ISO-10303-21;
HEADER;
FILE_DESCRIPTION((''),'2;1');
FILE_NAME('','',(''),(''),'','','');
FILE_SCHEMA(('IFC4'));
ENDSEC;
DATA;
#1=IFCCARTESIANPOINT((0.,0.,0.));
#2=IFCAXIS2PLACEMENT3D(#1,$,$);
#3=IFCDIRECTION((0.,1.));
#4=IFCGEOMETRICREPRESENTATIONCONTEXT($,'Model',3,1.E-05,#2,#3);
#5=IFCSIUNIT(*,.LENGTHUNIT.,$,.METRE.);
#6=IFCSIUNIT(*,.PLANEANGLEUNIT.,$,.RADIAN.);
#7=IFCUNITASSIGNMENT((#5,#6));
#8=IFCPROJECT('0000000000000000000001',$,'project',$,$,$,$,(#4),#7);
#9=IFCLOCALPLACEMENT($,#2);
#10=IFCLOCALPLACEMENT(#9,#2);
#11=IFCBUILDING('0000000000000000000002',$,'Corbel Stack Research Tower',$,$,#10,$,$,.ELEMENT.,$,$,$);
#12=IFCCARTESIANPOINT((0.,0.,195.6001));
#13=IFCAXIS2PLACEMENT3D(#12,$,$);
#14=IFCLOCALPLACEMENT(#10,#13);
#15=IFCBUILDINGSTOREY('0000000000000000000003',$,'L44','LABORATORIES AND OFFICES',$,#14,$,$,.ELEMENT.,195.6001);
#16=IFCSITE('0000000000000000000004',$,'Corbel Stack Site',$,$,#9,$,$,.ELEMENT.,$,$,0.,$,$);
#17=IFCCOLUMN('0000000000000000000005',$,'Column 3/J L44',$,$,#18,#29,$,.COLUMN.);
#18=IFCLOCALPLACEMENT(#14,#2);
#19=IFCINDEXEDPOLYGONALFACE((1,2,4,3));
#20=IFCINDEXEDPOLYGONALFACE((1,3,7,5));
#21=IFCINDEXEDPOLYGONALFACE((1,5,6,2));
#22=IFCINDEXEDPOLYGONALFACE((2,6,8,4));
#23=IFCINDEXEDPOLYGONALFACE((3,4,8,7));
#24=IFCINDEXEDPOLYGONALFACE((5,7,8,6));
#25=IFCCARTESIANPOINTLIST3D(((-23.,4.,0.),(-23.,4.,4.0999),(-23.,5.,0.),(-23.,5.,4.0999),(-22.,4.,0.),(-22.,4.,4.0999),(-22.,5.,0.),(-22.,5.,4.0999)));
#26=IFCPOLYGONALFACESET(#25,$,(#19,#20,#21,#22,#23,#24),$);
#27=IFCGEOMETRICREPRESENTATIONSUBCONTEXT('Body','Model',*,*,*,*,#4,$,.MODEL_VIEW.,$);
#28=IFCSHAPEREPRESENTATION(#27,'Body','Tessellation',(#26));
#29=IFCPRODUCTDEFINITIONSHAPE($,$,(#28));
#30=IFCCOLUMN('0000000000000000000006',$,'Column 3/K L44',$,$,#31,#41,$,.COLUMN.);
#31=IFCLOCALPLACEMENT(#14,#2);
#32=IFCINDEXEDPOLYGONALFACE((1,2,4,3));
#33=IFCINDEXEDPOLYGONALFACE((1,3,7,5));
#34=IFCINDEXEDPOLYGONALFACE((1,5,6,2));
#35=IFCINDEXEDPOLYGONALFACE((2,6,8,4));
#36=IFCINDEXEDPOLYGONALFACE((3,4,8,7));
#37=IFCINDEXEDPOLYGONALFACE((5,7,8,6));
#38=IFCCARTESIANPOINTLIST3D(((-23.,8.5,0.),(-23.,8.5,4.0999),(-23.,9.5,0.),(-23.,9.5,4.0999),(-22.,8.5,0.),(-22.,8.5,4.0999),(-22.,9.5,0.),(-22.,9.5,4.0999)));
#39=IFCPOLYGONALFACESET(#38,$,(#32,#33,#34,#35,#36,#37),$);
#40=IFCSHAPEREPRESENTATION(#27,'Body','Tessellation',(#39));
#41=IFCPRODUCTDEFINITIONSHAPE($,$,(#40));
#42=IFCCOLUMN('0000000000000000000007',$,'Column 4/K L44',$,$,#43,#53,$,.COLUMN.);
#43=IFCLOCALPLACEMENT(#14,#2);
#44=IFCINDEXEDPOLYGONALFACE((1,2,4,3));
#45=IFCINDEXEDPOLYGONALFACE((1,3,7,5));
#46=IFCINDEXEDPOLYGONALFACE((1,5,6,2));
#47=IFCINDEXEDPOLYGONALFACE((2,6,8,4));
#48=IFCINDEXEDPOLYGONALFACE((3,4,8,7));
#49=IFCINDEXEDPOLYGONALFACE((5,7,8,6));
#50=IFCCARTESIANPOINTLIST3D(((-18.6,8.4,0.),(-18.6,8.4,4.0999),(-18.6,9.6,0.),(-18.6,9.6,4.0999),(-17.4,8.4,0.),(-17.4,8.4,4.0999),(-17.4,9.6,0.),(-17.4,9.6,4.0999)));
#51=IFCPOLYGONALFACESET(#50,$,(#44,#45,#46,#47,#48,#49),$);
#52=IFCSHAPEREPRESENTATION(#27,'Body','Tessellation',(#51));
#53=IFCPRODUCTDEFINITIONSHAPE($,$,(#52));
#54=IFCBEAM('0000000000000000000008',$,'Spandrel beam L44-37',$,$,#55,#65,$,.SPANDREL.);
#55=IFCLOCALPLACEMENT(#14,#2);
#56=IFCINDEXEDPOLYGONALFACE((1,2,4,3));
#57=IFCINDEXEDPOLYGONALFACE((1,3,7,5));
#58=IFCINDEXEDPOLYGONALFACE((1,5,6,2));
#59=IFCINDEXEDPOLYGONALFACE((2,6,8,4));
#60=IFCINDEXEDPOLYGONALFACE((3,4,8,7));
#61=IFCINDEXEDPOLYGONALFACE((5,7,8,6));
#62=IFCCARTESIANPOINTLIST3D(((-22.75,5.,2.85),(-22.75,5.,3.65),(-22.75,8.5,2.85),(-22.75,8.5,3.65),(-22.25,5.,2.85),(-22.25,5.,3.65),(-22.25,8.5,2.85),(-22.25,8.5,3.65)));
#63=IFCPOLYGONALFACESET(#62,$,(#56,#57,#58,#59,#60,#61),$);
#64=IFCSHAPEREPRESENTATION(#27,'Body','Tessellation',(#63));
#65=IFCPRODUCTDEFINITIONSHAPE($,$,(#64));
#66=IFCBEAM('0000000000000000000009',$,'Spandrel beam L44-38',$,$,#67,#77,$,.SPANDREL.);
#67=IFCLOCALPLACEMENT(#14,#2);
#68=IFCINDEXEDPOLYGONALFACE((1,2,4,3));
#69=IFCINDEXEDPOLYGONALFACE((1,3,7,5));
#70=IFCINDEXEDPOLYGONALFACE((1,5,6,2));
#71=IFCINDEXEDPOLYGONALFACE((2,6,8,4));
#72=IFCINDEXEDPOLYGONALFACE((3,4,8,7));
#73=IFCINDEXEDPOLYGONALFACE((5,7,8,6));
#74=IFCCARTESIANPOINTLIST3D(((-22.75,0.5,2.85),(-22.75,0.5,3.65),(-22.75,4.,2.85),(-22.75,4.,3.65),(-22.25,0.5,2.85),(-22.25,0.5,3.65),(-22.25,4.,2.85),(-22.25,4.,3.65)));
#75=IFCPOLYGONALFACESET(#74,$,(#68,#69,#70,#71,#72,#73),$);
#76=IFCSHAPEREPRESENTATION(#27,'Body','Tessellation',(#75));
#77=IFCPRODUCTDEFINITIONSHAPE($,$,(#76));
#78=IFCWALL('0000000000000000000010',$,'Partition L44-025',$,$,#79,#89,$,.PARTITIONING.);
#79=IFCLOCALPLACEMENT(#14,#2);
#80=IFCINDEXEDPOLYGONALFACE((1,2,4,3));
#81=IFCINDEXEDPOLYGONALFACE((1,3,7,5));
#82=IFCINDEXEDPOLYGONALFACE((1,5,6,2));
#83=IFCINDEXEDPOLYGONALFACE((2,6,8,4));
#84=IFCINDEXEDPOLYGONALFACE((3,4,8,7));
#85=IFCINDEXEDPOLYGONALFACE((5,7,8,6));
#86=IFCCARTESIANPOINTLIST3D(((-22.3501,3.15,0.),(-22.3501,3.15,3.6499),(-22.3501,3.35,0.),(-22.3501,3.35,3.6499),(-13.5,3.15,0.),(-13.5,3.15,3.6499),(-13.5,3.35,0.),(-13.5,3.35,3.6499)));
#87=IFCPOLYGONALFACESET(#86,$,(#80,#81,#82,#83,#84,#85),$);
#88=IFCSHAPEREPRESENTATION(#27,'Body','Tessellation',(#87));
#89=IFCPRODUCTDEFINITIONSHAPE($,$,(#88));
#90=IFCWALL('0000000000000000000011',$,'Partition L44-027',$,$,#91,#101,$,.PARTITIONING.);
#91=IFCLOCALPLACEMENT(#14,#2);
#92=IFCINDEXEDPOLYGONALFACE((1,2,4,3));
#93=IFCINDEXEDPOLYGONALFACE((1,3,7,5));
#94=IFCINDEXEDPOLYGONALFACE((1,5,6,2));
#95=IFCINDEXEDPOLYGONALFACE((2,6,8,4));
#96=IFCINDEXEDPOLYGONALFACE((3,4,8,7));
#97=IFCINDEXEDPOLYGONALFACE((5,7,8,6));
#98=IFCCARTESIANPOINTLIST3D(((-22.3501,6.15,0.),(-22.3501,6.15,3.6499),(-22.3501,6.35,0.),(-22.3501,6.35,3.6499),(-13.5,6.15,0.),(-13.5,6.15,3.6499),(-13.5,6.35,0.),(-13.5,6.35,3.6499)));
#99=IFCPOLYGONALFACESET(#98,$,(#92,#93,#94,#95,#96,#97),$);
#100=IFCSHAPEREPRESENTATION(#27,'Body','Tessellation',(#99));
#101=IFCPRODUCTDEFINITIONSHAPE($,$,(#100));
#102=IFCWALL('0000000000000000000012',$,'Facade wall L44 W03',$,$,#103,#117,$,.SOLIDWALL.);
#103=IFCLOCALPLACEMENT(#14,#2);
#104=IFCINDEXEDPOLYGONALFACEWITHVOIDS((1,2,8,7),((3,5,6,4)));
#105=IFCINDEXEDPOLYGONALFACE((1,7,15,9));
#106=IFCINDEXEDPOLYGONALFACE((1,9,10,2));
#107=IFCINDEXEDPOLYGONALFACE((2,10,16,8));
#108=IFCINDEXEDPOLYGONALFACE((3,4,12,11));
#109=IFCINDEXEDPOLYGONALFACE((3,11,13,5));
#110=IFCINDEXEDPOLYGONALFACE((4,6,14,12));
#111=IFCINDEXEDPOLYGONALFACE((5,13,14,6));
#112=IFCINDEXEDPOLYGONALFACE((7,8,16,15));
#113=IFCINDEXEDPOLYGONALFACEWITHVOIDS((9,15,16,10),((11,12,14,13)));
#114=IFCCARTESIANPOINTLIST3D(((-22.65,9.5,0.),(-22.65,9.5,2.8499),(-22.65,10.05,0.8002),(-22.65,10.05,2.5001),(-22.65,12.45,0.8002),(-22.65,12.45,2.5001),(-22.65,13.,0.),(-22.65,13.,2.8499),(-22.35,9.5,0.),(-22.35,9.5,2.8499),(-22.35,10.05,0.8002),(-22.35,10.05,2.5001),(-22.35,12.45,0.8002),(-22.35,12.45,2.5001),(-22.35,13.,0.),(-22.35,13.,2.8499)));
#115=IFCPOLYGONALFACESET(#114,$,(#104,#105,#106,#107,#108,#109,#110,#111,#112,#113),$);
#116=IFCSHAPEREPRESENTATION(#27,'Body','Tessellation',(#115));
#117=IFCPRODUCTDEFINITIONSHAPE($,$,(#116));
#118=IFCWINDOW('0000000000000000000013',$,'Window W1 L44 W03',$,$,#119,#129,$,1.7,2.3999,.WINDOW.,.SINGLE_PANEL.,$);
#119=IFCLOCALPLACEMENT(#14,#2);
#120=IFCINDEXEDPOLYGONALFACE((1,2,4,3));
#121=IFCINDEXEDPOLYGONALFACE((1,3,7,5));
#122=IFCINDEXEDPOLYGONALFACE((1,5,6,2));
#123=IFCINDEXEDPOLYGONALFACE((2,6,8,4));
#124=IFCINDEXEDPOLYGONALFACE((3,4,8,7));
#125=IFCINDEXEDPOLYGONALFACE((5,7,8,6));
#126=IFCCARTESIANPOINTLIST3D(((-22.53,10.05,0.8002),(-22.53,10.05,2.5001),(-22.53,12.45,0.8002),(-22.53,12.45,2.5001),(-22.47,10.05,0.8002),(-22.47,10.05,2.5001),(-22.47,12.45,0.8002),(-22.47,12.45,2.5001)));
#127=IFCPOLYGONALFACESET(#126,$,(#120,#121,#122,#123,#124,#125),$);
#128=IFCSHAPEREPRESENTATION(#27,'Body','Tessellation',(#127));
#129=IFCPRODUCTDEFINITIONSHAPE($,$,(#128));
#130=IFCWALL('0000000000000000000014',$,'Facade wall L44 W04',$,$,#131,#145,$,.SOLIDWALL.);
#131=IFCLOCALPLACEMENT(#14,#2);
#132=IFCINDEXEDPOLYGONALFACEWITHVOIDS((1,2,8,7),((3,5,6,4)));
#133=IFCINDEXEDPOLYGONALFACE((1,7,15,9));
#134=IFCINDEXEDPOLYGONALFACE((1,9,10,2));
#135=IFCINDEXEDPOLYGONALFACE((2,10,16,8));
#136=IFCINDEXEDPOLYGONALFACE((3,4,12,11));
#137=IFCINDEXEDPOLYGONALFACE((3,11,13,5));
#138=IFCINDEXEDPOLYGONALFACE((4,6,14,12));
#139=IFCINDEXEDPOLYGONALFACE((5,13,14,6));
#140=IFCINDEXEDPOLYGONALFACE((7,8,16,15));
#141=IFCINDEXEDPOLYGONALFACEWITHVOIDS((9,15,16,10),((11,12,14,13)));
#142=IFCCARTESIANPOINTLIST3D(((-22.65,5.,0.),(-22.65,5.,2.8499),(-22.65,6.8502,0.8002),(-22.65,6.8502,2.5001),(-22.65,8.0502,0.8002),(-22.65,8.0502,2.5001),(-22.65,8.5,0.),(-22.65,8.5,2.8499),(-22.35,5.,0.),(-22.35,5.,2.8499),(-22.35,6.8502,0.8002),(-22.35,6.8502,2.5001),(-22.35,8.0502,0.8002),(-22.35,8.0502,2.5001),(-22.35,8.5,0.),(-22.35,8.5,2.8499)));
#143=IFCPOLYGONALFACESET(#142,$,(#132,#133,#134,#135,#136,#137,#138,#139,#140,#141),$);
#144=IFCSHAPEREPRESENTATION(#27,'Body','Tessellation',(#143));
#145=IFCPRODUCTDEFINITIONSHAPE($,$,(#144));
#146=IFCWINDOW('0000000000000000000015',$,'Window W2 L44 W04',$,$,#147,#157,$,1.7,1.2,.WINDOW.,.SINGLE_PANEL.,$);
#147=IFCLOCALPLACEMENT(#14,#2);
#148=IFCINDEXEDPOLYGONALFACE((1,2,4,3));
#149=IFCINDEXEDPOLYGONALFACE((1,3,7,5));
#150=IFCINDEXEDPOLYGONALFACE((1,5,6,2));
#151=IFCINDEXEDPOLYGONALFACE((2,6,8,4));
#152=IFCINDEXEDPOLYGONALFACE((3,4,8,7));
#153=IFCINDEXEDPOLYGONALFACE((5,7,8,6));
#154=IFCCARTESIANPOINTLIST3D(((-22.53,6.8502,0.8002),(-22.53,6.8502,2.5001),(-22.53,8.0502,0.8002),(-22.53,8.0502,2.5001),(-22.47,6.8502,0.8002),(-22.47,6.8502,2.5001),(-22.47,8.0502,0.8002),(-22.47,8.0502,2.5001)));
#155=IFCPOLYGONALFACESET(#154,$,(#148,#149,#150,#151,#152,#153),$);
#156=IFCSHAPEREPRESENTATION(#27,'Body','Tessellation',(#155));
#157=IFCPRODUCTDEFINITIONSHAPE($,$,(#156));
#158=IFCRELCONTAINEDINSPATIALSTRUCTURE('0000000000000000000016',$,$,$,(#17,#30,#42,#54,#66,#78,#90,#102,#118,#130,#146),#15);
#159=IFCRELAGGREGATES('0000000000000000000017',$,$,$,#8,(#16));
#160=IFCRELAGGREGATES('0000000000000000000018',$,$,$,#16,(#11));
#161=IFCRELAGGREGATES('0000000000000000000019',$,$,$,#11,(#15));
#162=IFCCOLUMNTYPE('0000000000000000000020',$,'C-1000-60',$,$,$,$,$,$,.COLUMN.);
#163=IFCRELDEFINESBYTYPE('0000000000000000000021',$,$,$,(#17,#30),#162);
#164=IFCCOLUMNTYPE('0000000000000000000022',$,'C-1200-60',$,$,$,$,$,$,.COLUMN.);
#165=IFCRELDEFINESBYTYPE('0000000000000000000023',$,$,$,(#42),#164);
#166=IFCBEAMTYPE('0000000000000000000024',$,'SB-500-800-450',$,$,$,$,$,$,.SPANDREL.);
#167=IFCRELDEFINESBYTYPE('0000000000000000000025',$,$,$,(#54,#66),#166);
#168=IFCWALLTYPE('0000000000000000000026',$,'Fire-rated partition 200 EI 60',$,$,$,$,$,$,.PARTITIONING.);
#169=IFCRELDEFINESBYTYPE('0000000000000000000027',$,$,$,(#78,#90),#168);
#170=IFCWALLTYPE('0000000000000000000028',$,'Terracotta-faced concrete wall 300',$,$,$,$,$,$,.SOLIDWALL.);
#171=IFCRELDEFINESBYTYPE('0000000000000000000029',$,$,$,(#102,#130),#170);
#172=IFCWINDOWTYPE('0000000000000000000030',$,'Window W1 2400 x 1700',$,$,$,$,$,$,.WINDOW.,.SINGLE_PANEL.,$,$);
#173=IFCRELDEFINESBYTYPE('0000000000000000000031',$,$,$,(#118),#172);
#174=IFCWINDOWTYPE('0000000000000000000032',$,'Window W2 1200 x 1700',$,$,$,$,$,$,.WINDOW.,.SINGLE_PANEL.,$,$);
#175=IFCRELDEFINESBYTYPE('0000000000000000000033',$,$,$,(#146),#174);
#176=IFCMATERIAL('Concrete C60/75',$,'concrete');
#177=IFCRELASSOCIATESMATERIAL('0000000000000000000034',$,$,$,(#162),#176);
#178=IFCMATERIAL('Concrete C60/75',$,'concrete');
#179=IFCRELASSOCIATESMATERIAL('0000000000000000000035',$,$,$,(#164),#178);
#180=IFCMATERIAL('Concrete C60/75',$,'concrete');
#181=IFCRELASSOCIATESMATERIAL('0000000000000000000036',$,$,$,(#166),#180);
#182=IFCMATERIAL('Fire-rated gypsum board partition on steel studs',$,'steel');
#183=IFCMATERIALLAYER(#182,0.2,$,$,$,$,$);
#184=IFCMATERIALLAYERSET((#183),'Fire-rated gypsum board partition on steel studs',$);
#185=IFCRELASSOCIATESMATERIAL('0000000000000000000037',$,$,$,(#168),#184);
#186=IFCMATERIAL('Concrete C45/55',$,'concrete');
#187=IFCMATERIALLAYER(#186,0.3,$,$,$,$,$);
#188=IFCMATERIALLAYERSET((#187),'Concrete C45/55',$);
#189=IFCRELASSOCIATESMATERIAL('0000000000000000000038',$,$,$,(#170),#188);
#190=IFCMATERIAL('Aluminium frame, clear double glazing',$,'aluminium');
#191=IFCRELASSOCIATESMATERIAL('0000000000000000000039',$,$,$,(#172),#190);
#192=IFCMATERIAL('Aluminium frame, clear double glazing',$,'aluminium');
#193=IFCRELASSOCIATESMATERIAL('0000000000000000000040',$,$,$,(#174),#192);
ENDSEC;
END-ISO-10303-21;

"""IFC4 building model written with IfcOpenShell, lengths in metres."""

from ifc_helpers import new_model, si_unit, direction, frame, frame_2d, origin, origin_2d, place, context, subcontext, project, spatial, rectangle, extrude, material, layer, layer_set, material_profile, profile_set, type_object, element, fill, save


model = new_model("IFC4")

# Units and contexts
model_context = context("Model", 3, precision=1e-05, world=origin(), true_north=direction((0.0, 1.0)))
body_context = subcontext(model_context, "Body", "Model", "MODEL_VIEW")
ifc_project = project(units=[si_unit("LENGTHUNIT", "METRE"), si_unit("PLANEANGLEUNIT", "RADIAN")], contexts=[model_context])

# Site, building, storey
site_placement = place(None, origin())
site = spatial("IfcSite", under=ifc_project, at=site_placement, Name="Corbel Stack Site", CompositionType="ELEMENT", RefElevation=0.0)
building_placement = place(site_placement, origin())
building = spatial("IfcBuilding", under=site, at=building_placement, Name="Corbel Stack Research Tower", CompositionType="ELEMENT")
storey_placement = place(building_placement, frame((0.0, 0.0, 195.6001)))
storey = spatial("IfcBuildingStorey", under=building, at=storey_placement, Name="L44", Description="LABORATORIES AND OFFICES", CompositionType="ELEMENT", Elevation=195.6001)

# Columns
ifc_material_1 = material(Name="Concrete C60/75", Category="concrete")
ifc_material_profile_1 = material_profile(ifc_material_1, rectangle(XDim=1.0, YDim=1.0, at=origin_2d()), Name="RC 1000 x 1000")
ifc_profile_set_1 = profile_set([ifc_material_profile_1], Name="Concrete C60/75")
column_type_1 = type_object("IfcColumnType", Name="C-1000-60", PredefinedType="COLUMN", material=ifc_profile_set_1)
for number, where, z_axis, x_axis, name in (
    (1, (-22.5, 4.5, 0.0), (0.0, 0.0, 1.0), (1.0, 0.0, 0.0), "Column 3/J L44"),
    (2, (-22.5, 9.0, 0.0), (0.0, 0.0, 1.0), (1.0, 0.0, 0.0), "Column 3/K L44"),
):
    element("IfcColumn", number, at=place(storey_placement, frame(where, z_axis=z_axis, x_axis=x_axis)), inside=storey, type_object=column_type_1, Name=name, PredefinedType="COLUMN", context=body_context, shape_type="SweptSolid", body=[
        extrude(rectangle(XDim=1.0, YDim=1.0, at=origin_2d()), origin(), (0.0, 0.0, 1.0), 4.0999),
    ])
ifc_material_2 = material(Name="Concrete C60/75", Category="concrete")
ifc_material_profile_2 = material_profile(ifc_material_2, rectangle(XDim=1.2, YDim=1.2, at=origin_2d()), Name="RC 1200 x 1200")
ifc_profile_set_2 = profile_set([ifc_material_profile_2], Name="Concrete C60/75")
column_type_2 = type_object("IfcColumnType", Name="C-1200-60", PredefinedType="COLUMN", material=ifc_profile_set_2)
column_placement = place(storey_placement, frame((-18.0, 9.0, 0.0), z_axis=(0.0, 0.0, 1.0), x_axis=(1.0, 0.0, 0.0)))
element("IfcColumn", 3, at=column_placement, inside=storey, type_object=column_type_2, Name="Column 4/K L44", PredefinedType="COLUMN", context=body_context, shape_type="SweptSolid", body=[
    extrude(rectangle(XDim=1.2, YDim=1.2, at=origin_2d()), origin(), (0.0, 0.0, 1.0), 4.0999),
])

# Beams
ifc_material_3 = material(Name="Concrete C60/75", Category="concrete")
ifc_material_profile_3 = material_profile(ifc_material_3, rectangle(XDim=0.5, YDim=0.8, at=origin_2d()), Name="RC 500 x 800")
ifc_profile_set_3 = profile_set([ifc_material_profile_3], Name="Concrete C60/75")
beam_type = type_object("IfcBeamType", Name="SB-500-800-450", PredefinedType="SPANDREL", material=ifc_profile_set_3)
for number, where, z_axis, x_axis, name in (
    (4, (-22.5, 8.5, 3.25), (0.0, -1.0, 0.0), (1.0, 0.0, 0.0), "Spandrel beam L44-37"),
    (5, (-22.5, 4.0, 3.25), (0.0, -1.0, 0.0), (1.0, 0.0, 0.0), "Spandrel beam L44-38"),
):
    element("IfcBeam", number, at=place(storey_placement, frame(where, z_axis=z_axis, x_axis=x_axis)), inside=storey, type_object=beam_type, Name=name, PredefinedType="SPANDREL", context=body_context, shape_type="SweptSolid", body=[
        extrude(rectangle(XDim=0.5, YDim=0.8, at=origin_2d()), origin(), (0.0, 0.0, 1.0), 3.5),
    ])

# Walls
ifc_material_4 = material(Name="Fire-rated gypsum board partition on steel studs", Category="steel")
ifc_layer_1 = layer(ifc_material_4, 0.2)
ifc_layer_set_1 = layer_set([ifc_layer_1], Name="Fire-rated gypsum board partition on steel studs")
wall_type_1 = type_object("IfcWallType", Name="Fire-rated partition 200 EI 60", PredefinedType="PARTITIONING", material=ifc_layer_set_1)
for number, where, z_axis, x_axis, name in (
    (6, (-22.3501, 3.25, 0.0), (0.0, 0.0, 1.0), (1.0, 0.0, 0.0), "Partition L44-025"),
    (7, (-22.3501, 6.25, 0.0), (0.0, 0.0, 1.0), (1.0, 0.0, 0.0), "Partition L44-027"),
):
    element("IfcWall", number, at=place(storey_placement, frame(where, z_axis=z_axis, x_axis=x_axis)), inside=storey, type_object=wall_type_1, Name=name, PredefinedType="PARTITIONING", context=body_context, shape_type="SweptSolid", body=[
        extrude(rectangle(XDim=8.8501, YDim=0.2, at=frame_2d((4.425, 0.0))), origin(), (0.0, 0.0, 1.0), 3.6499),
    ])

# Walls, openings, windows
ifc_material_5 = material(Name="Concrete C45/55", Category="concrete")
ifc_layer_2 = layer(ifc_material_5, 0.3)
ifc_layer_set_2 = layer_set([ifc_layer_2], Name="Concrete C45/55")
wall_type_2 = type_object("IfcWallType", Name="Terracotta-faced concrete wall 300", PredefinedType="SOLIDWALL", material=ifc_layer_set_2)
wall_1_placement = place(storey_placement, frame((-22.5, 9.5, 0.0), z_axis=(0.0, 0.0, 1.0), x_axis=(0.0, 1.0, 0.0)))
wall_1 = element("IfcWall", 8, at=wall_1_placement, inside=storey, type_object=wall_type_2, Name="Facade wall L44 W03", PredefinedType="SOLIDWALL", context=body_context, shape_type="SweptSolid", body=[
    extrude(rectangle(XDim=3.5, YDim=0.3, at=frame_2d((1.75, 0.0))), origin(), (0.0, 0.0, 1.0), 2.8499),
])
opening_1_placement = place(wall_1_placement, frame((0.55, 0.0, 0.8)))
opening_1 = element("IfcOpeningElement", 9, at=opening_1_placement, cuts=wall_1, PredefinedType="OPENING", context=body_context, shape_type="SweptSolid", body=[
    extrude(rectangle(XDim=2.3999, YDim=1.7, at=frame_2d((1.2, 0.8501))), frame((0.0, 0.1599, 0.0), z_axis=(0.0, -1.0, 0.0), x_axis=(1.0, 0.0, 0.0)), (0.0, 0.0, 1.0), 0.3201),
])
ifc_material_6 = material(Name="Aluminium frame, clear double glazing", Category="aluminium")
window_type_1 = type_object("IfcWindowType", Name="Window W1 2400 x 1700", PartitioningType="SINGLE_PANEL", PredefinedType="WINDOW", material=ifc_material_6)
window_1_placement = place(opening_1_placement, origin())
window_1 = element("IfcWindow", 10, at=window_1_placement, inside=storey, type_object=window_type_1, Name="Window W1 L44 W03", OverallHeight=1.7, OverallWidth=2.3999, PartitioningType="SINGLE_PANEL", PredefinedType="WINDOW", context=body_context, shape_type="SweptSolid", body=[
    extrude(rectangle(XDim=2.3999, YDim=1.7, at=frame_2d((1.2, 0.8501))), frame((0.0, 0.03, 0.0), z_axis=(0.0, -1.0, 0.0), x_axis=(1.0, 0.0, 0.0)), (0.0, 0.0, 1.0), 0.0601),
])
fill(opening_1, window_1)
wall_2_placement = place(storey_placement, frame((-22.5, 5.0, 0.0), z_axis=(0.0, 0.0, 1.0), x_axis=(0.0, 1.0, 0.0)))
wall_2 = element("IfcWall", 11, at=wall_2_placement, inside=storey, type_object=wall_type_2, Name="Facade wall L44 W04", PredefinedType="SOLIDWALL", context=body_context, shape_type="SweptSolid", body=[
    extrude(rectangle(XDim=3.5, YDim=0.3, at=frame_2d((1.75, 0.0))), origin(), (0.0, 0.0, 1.0), 2.8499),
])
opening_2_placement = place(wall_2_placement, frame((1.8501, 0.0, 0.8)))
opening_2 = element("IfcOpeningElement", 12, at=opening_2_placement, cuts=wall_2, PredefinedType="OPENING", context=body_context, shape_type="SweptSolid", body=[
    extrude(rectangle(XDim=1.2, YDim=1.7, at=frame_2d((0.6001, 0.8501))), frame((0.0, 0.1599, 0.0), z_axis=(0.0, -1.0, 0.0), x_axis=(1.0, 0.0, 0.0)), (0.0, 0.0, 1.0), 0.3201),
])
ifc_material_7 = material(Name="Aluminium frame, clear double glazing", Category="aluminium")
window_type_2 = type_object("IfcWindowType", Name="Window W2 1200 x 1700", PartitioningType="SINGLE_PANEL", PredefinedType="WINDOW", material=ifc_material_7)
window_2_placement = place(opening_2_placement, origin())
window_2 = element("IfcWindow", 13, at=window_2_placement, inside=storey, type_object=window_type_2, Name="Window W2 L44 W04", OverallHeight=1.7, OverallWidth=1.2, PartitioningType="SINGLE_PANEL", PredefinedType="WINDOW", context=body_context, shape_type="SweptSolid", body=[
    extrude(rectangle(XDim=1.2, YDim=1.7, at=frame_2d((0.6001, 0.8501))), frame((0.0, 0.03, 0.0), z_axis=(0.0, -1.0, 0.0), x_axis=(1.0, 0.0, 0.0)), (0.0, 0.0, 1.0), 0.0601),
])
fill(opening_2, window_2)

save(model, "model.ifc")
